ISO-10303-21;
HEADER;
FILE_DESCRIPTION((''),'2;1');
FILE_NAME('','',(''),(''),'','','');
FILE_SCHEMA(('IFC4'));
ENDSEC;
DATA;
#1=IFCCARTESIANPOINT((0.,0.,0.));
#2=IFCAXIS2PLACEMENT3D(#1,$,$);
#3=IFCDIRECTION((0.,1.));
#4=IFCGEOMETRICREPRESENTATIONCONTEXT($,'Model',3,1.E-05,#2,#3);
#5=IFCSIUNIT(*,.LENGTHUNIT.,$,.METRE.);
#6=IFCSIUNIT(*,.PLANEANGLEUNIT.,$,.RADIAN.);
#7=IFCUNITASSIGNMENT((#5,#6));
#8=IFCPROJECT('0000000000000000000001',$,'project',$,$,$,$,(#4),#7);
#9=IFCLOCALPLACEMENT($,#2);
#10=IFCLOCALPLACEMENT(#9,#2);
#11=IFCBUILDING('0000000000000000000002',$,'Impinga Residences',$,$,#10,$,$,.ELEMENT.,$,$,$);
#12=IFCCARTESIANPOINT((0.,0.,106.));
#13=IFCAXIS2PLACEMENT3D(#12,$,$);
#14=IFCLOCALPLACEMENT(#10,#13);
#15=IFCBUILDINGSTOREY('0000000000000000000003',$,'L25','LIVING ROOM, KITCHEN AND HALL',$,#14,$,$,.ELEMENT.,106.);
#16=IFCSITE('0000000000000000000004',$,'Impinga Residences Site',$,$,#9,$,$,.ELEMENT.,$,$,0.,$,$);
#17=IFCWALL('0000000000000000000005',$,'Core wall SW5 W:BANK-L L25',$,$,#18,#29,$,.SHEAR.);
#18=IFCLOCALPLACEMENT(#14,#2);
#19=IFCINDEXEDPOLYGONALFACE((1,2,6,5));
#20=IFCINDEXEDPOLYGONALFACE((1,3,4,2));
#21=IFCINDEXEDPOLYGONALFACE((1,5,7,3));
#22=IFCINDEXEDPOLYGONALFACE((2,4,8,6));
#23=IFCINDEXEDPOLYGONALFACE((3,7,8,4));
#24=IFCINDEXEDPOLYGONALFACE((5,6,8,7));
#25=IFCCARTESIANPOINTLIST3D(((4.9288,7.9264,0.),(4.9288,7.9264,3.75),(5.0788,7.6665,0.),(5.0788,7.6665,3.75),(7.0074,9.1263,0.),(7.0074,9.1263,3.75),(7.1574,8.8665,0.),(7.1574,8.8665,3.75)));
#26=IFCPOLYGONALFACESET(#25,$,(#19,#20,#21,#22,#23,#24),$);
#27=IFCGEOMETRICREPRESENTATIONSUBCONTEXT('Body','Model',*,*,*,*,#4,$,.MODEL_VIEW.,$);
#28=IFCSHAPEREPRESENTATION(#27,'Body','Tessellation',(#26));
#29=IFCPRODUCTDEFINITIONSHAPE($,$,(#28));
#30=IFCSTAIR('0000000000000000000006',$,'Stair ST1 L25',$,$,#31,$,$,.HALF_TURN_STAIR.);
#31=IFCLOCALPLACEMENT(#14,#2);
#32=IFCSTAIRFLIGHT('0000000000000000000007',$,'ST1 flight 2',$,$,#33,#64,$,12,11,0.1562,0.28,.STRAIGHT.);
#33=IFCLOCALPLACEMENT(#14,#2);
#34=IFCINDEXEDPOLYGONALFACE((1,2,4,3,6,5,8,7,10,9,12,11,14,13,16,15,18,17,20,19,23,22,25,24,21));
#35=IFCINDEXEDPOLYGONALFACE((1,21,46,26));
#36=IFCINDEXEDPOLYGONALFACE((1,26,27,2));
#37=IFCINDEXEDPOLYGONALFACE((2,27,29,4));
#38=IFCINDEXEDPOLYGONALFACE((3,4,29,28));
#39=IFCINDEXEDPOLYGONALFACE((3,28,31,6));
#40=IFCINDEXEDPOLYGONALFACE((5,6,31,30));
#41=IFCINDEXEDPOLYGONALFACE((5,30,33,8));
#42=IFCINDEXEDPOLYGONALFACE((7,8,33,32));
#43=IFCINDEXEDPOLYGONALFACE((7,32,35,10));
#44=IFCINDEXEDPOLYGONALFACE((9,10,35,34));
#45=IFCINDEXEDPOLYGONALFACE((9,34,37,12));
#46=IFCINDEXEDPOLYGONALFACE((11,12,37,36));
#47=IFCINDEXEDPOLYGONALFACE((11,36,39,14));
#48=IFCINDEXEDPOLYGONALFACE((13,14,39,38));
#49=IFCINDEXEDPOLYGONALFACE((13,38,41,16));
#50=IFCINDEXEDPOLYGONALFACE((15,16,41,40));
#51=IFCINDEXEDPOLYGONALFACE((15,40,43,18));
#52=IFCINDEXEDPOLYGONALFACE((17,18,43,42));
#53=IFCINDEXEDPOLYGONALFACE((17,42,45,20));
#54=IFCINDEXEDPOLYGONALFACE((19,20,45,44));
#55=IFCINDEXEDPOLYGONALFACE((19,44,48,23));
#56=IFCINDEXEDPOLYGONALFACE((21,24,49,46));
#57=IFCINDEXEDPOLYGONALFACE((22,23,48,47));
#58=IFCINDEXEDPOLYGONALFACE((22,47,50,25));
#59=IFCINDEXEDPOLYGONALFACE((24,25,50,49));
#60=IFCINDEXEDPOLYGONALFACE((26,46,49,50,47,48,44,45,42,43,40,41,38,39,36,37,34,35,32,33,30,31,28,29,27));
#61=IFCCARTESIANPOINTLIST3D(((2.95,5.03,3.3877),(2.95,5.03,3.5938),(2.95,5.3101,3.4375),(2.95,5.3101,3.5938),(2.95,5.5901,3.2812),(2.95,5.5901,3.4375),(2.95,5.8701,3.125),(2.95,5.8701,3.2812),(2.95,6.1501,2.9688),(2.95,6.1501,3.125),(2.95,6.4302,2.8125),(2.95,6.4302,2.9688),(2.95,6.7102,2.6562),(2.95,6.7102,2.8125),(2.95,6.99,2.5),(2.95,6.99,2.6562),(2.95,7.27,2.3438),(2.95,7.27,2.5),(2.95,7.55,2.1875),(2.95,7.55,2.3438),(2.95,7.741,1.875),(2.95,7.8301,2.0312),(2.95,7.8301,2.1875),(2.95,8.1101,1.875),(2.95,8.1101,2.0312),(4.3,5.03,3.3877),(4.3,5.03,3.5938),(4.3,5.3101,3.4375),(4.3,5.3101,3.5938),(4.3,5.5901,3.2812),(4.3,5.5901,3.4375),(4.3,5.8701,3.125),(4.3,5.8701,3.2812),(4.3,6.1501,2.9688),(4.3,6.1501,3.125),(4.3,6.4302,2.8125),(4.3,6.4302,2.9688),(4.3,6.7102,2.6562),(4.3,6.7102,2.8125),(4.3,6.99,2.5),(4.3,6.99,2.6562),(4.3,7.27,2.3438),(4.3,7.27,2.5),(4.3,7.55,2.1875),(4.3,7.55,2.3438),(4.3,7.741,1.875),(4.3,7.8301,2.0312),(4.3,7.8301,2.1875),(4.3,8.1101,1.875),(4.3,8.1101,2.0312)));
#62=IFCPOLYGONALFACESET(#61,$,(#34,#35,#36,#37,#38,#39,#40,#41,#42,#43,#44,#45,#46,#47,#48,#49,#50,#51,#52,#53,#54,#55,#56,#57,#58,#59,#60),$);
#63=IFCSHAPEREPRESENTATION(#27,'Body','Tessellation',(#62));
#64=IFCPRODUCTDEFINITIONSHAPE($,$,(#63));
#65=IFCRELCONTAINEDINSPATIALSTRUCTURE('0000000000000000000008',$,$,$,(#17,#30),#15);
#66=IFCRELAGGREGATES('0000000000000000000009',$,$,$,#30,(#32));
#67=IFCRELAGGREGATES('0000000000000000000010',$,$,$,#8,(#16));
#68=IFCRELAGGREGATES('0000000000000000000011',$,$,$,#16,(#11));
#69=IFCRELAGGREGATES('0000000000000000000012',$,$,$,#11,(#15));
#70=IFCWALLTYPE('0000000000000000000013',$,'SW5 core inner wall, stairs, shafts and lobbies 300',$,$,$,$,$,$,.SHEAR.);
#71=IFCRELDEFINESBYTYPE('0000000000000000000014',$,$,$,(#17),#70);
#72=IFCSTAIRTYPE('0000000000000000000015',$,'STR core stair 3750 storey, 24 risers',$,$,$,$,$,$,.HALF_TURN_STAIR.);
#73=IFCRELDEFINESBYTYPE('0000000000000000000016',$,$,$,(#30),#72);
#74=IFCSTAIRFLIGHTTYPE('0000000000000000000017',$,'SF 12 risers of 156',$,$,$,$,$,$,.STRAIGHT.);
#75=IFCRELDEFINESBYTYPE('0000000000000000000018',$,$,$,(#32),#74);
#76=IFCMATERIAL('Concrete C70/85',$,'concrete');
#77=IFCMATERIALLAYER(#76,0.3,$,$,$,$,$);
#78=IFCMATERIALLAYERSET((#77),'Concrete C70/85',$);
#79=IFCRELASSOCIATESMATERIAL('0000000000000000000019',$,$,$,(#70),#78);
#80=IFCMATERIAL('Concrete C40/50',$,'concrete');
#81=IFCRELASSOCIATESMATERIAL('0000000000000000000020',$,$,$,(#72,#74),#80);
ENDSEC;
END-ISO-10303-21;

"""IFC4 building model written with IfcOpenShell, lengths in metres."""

from ifc_helpers import new_model, si_unit, direction, frame, frame_2d, origin, place, context, subcontext, project, spatial, polyline, rectangle, outline, extrude, material, layer, layer_set, type_object, element, aggregate, save


model = new_model("IFC4")

# Units and contexts
model_context = context("Model", 3, precision=1e-05, world=origin(), true_north=direction((0.0, 1.0)))
body_context = subcontext(model_context, "Body", "Model", "MODEL_VIEW")
ifc_project = project(units=[si_unit("LENGTHUNIT", "METRE"), si_unit("PLANEANGLEUNIT", "RADIAN")], contexts=[model_context])

# Site, building, storey
site_placement = place(None, origin())
site = spatial("IfcSite", under=ifc_project, at=site_placement, Name="Impinga Residences Site", CompositionType="ELEMENT", RefElevation=0.0)
building_placement = place(site_placement, origin())
building = spatial("IfcBuilding", under=site, at=building_placement, Name="Impinga Residences", CompositionType="ELEMENT")
storey_placement = place(building_placement, frame((0.0, 0.0, 106.0)))
storey = spatial("IfcBuildingStorey", under=building, at=storey_placement, Name="L25", Description="LIVING ROOM, KITCHEN AND HALL", CompositionType="ELEMENT", Elevation=106.0)

# Shared definitions
ifc_material_1 = material(Name="Concrete C70/85", Category="concrete")
ifc_layer_1 = layer(ifc_material_1, 0.3)
ifc_layer_set_1 = layer_set([ifc_layer_1], Name="Concrete C70/85")
wall_type_1 = type_object("IfcWallType", Name="SW5 core inner wall, stairs, shafts and lobbies 300", PredefinedType="SHEAR", material=ifc_layer_set_1)

# Wall
wall_1_placement = place(storey_placement, frame((5.0037, 7.7964, 0.0), z_axis=(0.0, 0.0, 1.0), x_axis=(0.86605, 0.499957, 0.0)))
element("IfcWall", 1, at=wall_1_placement, inside=storey, type_object=wall_type_1, Name="Core wall SW5 W:BANK-L L25", PredefinedType="SHEAR", context=body_context, shape_type="SweptSolid", body=[
    extrude(rectangle(XDim=2.4001, YDim=0.3, at=frame_2d((1.2002, 0.0))), origin(), (0.0, 0.0, 1.0), 3.75),
])

# Stair, stair flight
ifc_material_2 = material(Name="Concrete C40/50", Category="concrete")
stair_type = type_object("IfcStairType", Name="STR core stair 3750 storey, 24 risers", PredefinedType="HALF_TURN_STAIR", material=ifc_material_2)
stair_placement = place(storey_placement, origin())
stair = element("IfcStair", 2, at=stair_placement, inside=storey, type_object=stair_type, Name="Stair ST1 L25", PredefinedType="HALF_TURN_STAIR")
stair_flight_type = type_object("IfcStairFlightType", Name="SF 12 risers of 156", PredefinedType="STRAIGHT", material=ifc_material_2)
stair_flight_placement = place(storey_placement, frame((3.625, 8.1101, 1.875), z_axis=(0.0, 0.0, 1.0), x_axis=(0.0, -1.0, 0.0)))
stair_flight = element("IfcStairFlight", 3, at=stair_flight_placement, type_object=stair_flight_type, Name="ST1 flight 2", NumberOfRisers=12, NumberOfTreads=11, PredefinedType="STRAIGHT", RiserHeight=0.1562, TreadLength=0.28, context=body_context, shape_type="SweptSolid", body=[
    extrude(outline(polyline([(0.0, 0.0), (0.0, 0.1562), (0.28, 0.1562), (0.28, 0.3125), (0.5601, 0.3125), (0.5601, 0.4688), (0.8401, 0.4688), (0.8401, 0.625), (1.1201, 0.625), (1.1201, 0.7812), (1.3999, 0.7812), (1.3999, 0.9375), (1.6799, 0.9375), (1.6799, 1.0938), (1.96, 1.0938), (1.96, 1.25), (2.24, 1.25), (2.24, 1.4062), (2.52, 1.4062), (2.52, 1.5625), (2.8, 1.5625), (2.8, 1.7188), (3.0801, 1.7188), (3.0801, 1.875), (3.0801, 1.5127), (0.3691, 0.0), (0.0, 0.0)])), frame((0.0, 0.675, 0.0), z_axis=(0.0, -1.0, 0.0), x_axis=(1.0, 0.0, 0.0)), (0.0, 0.0, 1.0), 1.3501),
])
aggregate(stair, [stair_flight])

save(model, "model.ifc")
